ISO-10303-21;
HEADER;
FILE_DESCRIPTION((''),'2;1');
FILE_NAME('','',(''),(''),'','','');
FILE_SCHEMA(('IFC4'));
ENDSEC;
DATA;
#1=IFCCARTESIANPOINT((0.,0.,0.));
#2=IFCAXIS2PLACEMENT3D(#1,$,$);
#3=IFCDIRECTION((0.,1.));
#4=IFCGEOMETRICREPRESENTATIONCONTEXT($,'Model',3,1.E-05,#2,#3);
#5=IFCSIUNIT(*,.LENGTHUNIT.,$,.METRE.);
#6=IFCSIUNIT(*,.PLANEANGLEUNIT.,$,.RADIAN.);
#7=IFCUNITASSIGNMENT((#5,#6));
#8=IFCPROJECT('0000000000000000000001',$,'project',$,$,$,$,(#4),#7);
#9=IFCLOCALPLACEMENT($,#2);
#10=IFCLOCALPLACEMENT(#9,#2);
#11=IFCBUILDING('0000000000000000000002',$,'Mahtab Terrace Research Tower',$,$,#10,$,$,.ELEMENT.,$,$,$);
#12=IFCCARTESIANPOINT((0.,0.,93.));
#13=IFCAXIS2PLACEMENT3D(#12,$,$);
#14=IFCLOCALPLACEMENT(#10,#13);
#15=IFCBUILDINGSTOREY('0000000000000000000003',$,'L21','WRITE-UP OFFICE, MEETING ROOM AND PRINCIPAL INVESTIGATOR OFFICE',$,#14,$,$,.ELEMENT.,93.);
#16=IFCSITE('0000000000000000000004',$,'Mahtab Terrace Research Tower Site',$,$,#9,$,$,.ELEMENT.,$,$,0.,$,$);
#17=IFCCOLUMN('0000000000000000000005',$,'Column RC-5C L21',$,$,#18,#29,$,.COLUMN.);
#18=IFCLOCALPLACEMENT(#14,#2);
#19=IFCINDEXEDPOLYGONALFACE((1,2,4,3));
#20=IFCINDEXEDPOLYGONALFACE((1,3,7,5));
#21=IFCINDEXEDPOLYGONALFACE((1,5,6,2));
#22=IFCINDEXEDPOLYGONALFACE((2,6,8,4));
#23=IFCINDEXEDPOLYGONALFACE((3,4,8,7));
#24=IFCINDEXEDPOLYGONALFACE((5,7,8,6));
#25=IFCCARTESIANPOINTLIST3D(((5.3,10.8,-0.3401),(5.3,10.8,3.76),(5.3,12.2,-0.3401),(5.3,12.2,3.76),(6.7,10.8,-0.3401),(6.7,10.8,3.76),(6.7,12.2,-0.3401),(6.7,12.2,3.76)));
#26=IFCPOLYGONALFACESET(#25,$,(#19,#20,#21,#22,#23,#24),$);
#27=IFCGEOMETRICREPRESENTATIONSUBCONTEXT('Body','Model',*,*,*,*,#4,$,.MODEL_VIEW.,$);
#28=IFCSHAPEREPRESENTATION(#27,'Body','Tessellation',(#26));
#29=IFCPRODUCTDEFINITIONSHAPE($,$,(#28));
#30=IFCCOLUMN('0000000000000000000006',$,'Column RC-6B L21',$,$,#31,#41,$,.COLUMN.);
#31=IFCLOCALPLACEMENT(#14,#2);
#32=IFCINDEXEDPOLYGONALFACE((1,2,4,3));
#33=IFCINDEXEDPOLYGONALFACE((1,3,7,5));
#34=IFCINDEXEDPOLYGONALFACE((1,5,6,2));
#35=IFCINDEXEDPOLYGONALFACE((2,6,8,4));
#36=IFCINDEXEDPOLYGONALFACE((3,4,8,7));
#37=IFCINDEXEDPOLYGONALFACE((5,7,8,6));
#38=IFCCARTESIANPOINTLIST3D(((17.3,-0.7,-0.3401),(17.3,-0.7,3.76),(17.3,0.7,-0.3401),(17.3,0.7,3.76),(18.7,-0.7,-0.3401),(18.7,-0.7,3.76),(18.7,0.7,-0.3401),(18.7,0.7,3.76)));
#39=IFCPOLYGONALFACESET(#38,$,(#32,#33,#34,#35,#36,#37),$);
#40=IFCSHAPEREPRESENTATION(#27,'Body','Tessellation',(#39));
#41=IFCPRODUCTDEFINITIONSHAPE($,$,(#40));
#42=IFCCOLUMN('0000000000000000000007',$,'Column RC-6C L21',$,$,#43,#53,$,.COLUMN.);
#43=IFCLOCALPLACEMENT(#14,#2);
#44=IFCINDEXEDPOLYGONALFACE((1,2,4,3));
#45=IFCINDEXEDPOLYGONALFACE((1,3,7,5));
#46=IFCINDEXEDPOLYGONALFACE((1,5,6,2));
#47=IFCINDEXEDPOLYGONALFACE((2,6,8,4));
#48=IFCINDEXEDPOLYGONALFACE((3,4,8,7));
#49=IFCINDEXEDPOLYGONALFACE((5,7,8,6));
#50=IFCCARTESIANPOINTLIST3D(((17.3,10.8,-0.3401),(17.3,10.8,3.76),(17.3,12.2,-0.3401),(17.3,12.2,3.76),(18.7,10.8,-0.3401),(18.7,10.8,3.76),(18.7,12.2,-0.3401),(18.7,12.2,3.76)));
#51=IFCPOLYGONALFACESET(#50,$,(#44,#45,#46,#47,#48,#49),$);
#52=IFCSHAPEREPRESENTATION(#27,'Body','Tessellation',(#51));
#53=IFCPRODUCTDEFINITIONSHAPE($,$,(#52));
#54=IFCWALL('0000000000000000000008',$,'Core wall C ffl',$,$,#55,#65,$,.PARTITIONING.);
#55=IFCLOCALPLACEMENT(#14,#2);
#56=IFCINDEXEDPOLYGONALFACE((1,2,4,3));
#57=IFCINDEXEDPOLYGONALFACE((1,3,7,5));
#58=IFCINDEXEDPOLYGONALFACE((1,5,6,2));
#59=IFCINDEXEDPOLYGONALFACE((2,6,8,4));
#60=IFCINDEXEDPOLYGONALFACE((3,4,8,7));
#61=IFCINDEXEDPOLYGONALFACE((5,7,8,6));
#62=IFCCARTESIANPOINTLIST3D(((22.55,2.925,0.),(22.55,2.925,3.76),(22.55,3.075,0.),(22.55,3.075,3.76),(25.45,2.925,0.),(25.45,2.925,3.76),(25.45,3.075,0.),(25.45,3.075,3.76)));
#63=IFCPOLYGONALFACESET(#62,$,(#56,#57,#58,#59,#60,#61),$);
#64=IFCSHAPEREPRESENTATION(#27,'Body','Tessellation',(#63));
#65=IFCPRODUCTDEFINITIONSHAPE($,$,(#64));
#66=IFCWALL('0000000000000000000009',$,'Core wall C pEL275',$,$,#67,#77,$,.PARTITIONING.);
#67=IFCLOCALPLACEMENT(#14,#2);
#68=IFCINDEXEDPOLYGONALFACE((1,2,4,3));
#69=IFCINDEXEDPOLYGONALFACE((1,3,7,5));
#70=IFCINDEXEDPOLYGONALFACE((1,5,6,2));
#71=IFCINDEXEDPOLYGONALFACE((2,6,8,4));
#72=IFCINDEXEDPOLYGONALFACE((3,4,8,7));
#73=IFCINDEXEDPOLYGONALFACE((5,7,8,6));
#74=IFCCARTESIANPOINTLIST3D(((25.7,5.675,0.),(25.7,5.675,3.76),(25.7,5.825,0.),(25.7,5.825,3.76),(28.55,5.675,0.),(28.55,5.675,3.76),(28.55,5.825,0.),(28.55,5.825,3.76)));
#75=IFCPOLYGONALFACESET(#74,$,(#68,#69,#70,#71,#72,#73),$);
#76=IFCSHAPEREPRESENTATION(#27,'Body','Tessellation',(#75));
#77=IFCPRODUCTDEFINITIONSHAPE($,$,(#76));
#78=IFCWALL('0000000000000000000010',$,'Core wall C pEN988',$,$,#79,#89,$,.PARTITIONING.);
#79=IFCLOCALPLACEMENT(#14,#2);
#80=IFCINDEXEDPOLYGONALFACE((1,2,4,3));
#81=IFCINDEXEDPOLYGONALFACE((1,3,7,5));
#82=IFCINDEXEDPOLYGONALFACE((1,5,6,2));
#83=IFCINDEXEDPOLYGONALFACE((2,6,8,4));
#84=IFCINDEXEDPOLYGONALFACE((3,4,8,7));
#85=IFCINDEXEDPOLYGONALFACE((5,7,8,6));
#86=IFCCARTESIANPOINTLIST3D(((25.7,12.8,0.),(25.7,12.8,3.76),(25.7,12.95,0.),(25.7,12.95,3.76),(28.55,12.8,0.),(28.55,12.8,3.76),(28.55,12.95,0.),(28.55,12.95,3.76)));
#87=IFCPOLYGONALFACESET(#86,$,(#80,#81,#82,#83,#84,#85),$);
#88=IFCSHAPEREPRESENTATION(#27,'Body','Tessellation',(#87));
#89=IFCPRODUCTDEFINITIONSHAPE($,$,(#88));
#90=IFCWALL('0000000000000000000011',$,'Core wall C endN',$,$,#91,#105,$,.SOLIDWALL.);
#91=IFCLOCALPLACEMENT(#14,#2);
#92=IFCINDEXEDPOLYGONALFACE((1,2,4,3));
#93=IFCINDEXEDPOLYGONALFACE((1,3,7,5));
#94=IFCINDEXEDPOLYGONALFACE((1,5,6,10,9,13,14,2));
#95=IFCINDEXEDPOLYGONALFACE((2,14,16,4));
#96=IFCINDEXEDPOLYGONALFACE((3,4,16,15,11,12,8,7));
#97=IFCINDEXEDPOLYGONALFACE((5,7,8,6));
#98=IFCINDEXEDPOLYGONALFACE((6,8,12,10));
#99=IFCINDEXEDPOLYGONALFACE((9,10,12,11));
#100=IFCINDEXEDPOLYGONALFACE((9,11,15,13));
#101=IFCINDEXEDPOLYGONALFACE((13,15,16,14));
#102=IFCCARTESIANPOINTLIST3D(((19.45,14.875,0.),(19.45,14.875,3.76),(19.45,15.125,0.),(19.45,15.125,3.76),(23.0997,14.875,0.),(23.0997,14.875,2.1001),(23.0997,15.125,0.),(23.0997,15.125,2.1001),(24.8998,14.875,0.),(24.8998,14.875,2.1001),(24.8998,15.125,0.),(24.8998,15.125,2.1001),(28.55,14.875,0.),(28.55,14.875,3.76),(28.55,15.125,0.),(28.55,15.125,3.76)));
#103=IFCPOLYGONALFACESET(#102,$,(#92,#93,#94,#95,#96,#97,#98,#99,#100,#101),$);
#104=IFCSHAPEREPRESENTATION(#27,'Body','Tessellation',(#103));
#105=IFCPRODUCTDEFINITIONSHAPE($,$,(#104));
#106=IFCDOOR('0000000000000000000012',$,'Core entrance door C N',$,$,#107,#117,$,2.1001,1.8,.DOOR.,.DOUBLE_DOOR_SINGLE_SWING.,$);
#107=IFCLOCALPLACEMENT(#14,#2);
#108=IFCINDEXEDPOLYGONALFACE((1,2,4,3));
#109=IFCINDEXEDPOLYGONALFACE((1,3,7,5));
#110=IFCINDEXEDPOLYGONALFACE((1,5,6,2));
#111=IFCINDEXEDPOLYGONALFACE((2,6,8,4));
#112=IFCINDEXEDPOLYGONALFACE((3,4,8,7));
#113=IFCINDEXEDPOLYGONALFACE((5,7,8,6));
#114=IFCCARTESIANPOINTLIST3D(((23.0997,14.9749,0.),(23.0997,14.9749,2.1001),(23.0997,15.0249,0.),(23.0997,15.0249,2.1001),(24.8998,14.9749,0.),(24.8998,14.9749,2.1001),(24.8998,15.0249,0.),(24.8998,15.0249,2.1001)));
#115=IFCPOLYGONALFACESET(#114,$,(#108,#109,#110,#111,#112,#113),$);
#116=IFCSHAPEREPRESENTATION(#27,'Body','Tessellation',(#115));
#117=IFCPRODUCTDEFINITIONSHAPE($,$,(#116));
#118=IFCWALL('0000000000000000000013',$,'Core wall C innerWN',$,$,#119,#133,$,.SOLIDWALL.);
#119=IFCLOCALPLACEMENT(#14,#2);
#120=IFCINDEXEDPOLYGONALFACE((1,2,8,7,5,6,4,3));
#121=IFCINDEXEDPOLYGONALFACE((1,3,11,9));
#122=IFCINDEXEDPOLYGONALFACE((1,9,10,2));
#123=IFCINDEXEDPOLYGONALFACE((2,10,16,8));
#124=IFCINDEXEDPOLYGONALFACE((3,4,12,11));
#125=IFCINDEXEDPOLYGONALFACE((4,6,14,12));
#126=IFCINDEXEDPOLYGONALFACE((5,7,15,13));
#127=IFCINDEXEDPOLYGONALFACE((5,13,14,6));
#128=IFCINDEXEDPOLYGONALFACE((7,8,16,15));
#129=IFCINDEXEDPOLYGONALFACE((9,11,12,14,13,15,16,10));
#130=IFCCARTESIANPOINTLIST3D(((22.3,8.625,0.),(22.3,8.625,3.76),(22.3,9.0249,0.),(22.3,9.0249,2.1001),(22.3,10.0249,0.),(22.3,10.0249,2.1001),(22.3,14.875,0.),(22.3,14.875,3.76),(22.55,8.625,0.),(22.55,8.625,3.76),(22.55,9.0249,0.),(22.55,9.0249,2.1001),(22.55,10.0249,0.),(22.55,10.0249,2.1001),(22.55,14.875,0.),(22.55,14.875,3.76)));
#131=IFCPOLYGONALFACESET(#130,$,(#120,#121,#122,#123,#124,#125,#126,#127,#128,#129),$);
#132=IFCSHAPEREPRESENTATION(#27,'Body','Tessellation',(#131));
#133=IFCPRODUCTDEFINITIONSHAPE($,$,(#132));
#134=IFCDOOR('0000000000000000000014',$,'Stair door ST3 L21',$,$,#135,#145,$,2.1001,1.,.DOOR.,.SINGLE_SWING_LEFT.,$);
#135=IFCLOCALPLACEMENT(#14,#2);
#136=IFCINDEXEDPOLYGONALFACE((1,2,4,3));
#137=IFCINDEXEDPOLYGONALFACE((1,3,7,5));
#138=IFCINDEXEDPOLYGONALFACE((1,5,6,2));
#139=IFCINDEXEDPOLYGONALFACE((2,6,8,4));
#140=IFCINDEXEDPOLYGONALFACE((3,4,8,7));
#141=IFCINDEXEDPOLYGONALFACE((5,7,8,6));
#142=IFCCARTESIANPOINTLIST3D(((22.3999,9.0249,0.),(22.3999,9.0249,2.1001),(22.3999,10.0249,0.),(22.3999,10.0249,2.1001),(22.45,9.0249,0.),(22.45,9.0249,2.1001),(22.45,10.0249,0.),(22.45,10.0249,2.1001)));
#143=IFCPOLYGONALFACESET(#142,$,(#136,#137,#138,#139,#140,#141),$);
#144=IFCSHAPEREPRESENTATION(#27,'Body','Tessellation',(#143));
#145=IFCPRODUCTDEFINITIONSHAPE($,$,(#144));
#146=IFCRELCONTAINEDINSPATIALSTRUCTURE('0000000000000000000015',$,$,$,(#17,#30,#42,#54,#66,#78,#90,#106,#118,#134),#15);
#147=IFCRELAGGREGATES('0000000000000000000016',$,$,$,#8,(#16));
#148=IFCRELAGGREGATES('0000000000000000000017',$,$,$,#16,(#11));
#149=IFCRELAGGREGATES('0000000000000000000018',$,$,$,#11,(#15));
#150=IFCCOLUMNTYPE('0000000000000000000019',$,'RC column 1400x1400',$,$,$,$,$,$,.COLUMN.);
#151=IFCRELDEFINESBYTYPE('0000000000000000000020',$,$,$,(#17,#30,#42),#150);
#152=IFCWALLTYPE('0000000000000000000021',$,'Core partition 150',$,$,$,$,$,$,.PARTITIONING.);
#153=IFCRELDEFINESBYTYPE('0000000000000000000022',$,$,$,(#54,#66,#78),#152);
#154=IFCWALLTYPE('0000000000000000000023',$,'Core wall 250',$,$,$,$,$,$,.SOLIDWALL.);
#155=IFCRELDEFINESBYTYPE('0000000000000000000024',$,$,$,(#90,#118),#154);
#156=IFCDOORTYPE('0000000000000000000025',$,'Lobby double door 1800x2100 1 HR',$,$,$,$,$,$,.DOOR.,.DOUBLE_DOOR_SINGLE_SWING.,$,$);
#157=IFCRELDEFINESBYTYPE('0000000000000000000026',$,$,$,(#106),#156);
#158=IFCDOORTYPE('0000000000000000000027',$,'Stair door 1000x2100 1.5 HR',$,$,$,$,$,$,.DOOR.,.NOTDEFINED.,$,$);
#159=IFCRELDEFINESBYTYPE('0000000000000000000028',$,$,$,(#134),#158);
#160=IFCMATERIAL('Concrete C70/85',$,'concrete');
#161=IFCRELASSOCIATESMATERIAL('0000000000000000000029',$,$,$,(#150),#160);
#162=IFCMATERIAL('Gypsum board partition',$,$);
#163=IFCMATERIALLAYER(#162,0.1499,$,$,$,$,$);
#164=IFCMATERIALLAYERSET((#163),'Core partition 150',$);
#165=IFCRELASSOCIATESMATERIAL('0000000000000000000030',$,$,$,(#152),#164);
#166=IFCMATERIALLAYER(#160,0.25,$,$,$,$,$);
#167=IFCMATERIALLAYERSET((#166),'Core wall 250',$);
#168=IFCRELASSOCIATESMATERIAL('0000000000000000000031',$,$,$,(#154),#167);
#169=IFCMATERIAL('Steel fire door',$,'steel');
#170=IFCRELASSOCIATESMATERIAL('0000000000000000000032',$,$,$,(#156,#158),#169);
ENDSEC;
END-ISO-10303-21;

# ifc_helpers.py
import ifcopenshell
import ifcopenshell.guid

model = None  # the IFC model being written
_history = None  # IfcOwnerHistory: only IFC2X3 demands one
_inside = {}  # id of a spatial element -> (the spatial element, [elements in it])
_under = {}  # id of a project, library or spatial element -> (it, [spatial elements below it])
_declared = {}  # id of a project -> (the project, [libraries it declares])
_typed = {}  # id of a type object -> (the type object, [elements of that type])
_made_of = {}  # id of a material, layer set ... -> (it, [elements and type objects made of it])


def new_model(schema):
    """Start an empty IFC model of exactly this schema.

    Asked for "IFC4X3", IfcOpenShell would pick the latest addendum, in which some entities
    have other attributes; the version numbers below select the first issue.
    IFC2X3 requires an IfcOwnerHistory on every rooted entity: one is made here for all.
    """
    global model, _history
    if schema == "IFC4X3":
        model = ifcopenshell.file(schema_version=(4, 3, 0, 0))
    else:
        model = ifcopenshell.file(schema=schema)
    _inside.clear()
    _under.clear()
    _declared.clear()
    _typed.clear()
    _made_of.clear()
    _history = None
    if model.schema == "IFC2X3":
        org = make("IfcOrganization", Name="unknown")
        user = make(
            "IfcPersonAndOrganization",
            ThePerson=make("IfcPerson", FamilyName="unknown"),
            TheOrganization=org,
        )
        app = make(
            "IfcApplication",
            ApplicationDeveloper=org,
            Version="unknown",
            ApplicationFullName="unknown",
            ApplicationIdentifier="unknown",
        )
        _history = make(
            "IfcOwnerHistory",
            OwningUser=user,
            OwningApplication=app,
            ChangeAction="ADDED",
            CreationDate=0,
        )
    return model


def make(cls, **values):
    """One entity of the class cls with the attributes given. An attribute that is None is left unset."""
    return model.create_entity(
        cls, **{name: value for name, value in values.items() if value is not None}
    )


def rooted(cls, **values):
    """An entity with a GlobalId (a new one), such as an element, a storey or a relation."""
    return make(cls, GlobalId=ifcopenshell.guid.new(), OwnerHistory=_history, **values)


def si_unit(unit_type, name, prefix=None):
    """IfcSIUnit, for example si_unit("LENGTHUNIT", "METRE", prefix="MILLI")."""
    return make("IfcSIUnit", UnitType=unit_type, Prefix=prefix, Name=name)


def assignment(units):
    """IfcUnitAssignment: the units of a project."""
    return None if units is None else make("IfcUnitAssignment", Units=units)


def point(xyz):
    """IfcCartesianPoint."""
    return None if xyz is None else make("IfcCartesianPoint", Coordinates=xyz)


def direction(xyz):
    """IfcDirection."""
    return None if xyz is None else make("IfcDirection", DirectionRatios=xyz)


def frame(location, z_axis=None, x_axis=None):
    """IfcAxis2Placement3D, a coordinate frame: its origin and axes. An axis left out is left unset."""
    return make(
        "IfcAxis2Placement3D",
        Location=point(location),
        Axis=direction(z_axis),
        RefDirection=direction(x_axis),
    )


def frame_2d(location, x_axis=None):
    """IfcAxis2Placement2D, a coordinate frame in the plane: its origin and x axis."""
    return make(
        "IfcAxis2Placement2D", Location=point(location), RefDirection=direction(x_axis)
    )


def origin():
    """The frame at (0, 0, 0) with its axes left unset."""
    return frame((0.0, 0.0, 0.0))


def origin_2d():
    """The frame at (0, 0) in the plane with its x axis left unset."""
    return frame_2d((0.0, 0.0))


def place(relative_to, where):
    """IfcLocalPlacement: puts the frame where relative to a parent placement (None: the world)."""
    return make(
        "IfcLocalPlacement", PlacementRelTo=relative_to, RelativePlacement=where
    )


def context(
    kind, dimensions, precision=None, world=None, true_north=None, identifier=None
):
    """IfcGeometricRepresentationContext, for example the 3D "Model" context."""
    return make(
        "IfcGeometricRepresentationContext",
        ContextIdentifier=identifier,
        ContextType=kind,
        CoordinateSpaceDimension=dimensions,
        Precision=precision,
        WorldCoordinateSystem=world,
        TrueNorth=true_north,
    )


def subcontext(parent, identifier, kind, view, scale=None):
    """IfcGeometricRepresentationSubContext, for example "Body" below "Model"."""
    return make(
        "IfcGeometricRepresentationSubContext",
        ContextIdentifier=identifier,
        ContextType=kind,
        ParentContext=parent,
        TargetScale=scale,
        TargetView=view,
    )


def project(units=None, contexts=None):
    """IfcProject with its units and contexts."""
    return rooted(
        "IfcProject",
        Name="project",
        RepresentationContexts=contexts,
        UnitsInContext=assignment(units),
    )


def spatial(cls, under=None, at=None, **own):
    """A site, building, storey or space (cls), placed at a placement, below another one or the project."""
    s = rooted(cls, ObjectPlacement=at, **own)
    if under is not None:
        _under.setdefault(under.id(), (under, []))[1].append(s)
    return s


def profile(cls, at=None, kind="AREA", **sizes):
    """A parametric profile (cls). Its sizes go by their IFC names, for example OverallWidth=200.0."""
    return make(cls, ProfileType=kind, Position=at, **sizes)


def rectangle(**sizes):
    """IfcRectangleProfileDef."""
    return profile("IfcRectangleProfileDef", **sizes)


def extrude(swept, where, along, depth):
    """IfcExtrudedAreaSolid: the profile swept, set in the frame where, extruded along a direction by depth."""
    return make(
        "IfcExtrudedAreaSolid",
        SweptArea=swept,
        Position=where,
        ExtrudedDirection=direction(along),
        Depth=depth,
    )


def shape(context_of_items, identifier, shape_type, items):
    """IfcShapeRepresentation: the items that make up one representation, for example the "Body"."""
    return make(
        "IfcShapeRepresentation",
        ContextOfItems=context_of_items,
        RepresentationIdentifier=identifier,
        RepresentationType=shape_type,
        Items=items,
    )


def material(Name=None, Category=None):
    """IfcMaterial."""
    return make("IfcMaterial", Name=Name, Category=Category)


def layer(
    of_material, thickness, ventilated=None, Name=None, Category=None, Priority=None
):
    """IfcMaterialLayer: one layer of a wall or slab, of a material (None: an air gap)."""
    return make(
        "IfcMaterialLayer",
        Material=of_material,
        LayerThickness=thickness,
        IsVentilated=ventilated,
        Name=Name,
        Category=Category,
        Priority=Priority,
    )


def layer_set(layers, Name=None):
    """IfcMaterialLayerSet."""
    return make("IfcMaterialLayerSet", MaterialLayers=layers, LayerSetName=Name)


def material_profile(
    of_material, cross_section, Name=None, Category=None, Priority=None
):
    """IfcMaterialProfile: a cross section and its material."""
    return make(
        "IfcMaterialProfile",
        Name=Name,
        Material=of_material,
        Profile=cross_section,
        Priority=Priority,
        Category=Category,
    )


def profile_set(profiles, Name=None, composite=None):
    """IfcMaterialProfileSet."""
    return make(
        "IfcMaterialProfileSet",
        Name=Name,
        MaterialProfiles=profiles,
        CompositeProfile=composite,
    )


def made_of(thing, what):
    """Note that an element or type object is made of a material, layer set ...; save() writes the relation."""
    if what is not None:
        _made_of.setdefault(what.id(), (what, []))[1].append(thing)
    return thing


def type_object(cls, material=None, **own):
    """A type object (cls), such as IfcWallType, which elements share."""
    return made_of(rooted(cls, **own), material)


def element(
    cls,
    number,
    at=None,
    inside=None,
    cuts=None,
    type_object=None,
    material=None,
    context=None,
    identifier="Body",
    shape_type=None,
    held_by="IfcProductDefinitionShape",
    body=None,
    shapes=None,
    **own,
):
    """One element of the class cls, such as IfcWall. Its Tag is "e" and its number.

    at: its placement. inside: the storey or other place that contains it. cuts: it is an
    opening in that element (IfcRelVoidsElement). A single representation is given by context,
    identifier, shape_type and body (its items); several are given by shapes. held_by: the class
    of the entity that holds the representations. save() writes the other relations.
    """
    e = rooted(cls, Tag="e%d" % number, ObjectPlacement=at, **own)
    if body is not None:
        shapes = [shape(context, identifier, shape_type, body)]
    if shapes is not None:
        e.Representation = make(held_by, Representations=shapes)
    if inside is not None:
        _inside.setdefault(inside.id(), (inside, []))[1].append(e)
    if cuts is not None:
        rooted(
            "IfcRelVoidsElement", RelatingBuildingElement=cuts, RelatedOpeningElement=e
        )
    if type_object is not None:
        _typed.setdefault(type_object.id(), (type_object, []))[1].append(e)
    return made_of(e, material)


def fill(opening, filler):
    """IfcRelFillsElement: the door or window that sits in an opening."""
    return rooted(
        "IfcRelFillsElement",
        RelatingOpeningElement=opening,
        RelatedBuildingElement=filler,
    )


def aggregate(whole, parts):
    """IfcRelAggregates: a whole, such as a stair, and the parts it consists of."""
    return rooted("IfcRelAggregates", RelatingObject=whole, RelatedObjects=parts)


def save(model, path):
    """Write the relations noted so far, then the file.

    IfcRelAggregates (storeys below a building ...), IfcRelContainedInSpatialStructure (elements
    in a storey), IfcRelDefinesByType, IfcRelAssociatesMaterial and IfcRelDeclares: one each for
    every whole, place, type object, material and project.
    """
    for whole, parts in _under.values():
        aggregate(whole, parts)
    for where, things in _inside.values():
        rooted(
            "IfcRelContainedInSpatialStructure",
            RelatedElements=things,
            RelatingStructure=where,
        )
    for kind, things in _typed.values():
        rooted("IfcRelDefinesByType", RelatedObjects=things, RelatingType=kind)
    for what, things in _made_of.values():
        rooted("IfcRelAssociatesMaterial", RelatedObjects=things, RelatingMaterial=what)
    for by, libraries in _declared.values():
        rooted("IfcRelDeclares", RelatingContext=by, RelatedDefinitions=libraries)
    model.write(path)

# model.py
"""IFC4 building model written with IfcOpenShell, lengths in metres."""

from ifc_helpers import new_model, si_unit, direction, frame, frame_2d, origin, origin_2d, place, context, subcontext, project, spatial, rectangle, extrude, material, layer, layer_set, material_profile, profile_set, type_object, element, fill, save


model = new_model("IFC4")

# Units and contexts
model_context = context("Model", 3, precision=1e-05, world=origin(), true_north=direction((0.0, 1.0)))
body_context = subcontext(model_context, "Body", "Model", "MODEL_VIEW")
ifc_project = project(units=[si_unit("LENGTHUNIT", "METRE"), si_unit("PLANEANGLEUNIT", "RADIAN")], contexts=[model_context])

# Site, building, storey
site_placement = place(None, origin())
site = spatial("IfcSite", under=ifc_project, at=site_placement, Name="Mahtab Terrace Research Tower Site", CompositionType="ELEMENT", RefElevation=0.0)
building_placement = place(site_placement, origin())
building = spatial("IfcBuilding", under=site, at=building_placement, Name="Mahtab Terrace Research Tower", CompositionType="ELEMENT")
storey_placement = place(building_placement, frame((0.0, 0.0, 93.0)))
storey = spatial("IfcBuildingStorey", under=building, at=storey_placement, Name="L21", Description="WRITE-UP OFFICE, MEETING ROOM AND PRINCIPAL INVESTIGATOR OFFICE", CompositionType="ELEMENT", Elevation=93.0)

# Columns
ifc_material_1 = material(Name="Concrete C70/85", Category="concrete")
ifc_material_profile = material_profile(ifc_material_1, rectangle(XDim=1.3999, YDim=1.3999, at=origin_2d()), Name="RC column 1400x1400")
ifc_profile_set = profile_set([ifc_material_profile], Name="Concrete C70/85")
column_type = type_object("IfcColumnType", Name="RC column 1400x1400", PredefinedType="COLUMN", material=ifc_profile_set)
for number, where, z_axis, x_axis, name in (
    (1, (6.0, 11.5, -0.3401), (0.0, 0.0, 1.0), (1.0, 0.0, 0.0), "Column RC-5C L21"),
    (2, (18.0, 0.0, -0.3401), (0.0, 0.0, 1.0), (1.0, 0.0, 0.0), "Column RC-6B L21"),
    (3, (18.0, 11.5, -0.3401), (0.0, 0.0, 1.0), (1.0, 0.0, 0.0), "Column RC-6C L21"),
):
    element("IfcColumn", number, at=place(storey_placement, frame(where, z_axis=z_axis, x_axis=x_axis)), inside=storey, type_object=column_type, Name=name, PredefinedType="COLUMN", context=body_context, shape_type="SweptSolid", body=[
        extrude(rectangle(XDim=1.3999, YDim=1.3999, at=origin_2d()), origin(), (0.0, 0.0, 1.0), 4.1001),
    ])

# Walls
ifc_material_2 = material(Name="Gypsum board partition")
ifc_layer_1 = layer(ifc_material_2, 0.1499)
ifc_layer_set_1 = layer_set([ifc_layer_1], Name="Core partition 150")
wall_type_1 = type_object("IfcWallType", Name="Core partition 150", PredefinedType="PARTITIONING", material=ifc_layer_set_1)
wall_1_placement = place(storey_placement, frame((22.55, 3.0, 0.0), z_axis=(0.0, 0.0, 1.0), x_axis=(1.0, 0.0, 0.0)))
element("IfcWall", 4, at=wall_1_placement, inside=storey, type_object=wall_type_1, Name="Core wall C ffl", PredefinedType="PARTITIONING", context=body_context, shape_type="SweptSolid", body=[
    extrude(rectangle(XDim=2.8999, YDim=0.1499, at=frame_2d((1.45, 0.0))), origin(), (0.0, 0.0, 1.0), 3.76),
])
for number, where, z_axis, x_axis, name in (
    (5, (25.7, 5.75, 0.0), (0.0, 0.0, 1.0), (1.0, 0.0, 0.0), "Core wall C pEL275"),
    (6, (25.7, 12.875, 0.0), (0.0, 0.0, 1.0), (1.0, 0.0, 0.0), "Core wall C pEN988"),
):
    element("IfcWall", number, at=place(storey_placement, frame(where, z_axis=z_axis, x_axis=x_axis)), inside=storey, type_object=wall_type_1, Name=name, PredefinedType="PARTITIONING", context=body_context, shape_type="SweptSolid", body=[
        extrude(rectangle(XDim=2.8501, YDim=0.1499, at=frame_2d((1.425, 0.0))), origin(), (0.0, 0.0, 1.0), 3.76),
    ])

# Walls, openings, doors
ifc_layer_2 = layer(ifc_material_1, 0.25)
ifc_layer_set_2 = layer_set([ifc_layer_2], Name="Core wall 250")
wall_type_2 = type_object("IfcWallType", Name="Core wall 250", PredefinedType="SOLIDWALL", material=ifc_layer_set_2)
wall_2_placement = place(storey_placement, frame((19.45, 15.0, 0.0), z_axis=(0.0, 0.0, 1.0), x_axis=(1.0, 0.0, 0.0)))
wall_2 = element("IfcWall", 7, at=wall_2_placement, inside=storey, type_object=wall_type_2, Name="Core wall C endN", PredefinedType="SOLIDWALL", context=body_context, shape_type="SweptSolid", body=[
    extrude(rectangle(XDim=9.1001, YDim=0.25, at=frame_2d((4.55, 0.0))), origin(), (0.0, 0.0, 1.0), 3.76),
])
opening_1_placement = place(wall_2_placement, frame((3.6499, 0.0, 0.0)))
opening_1 = element("IfcOpeningElement", 8, at=opening_1_placement, cuts=wall_2, PredefinedType="OPENING", context=body_context, shape_type="SweptSolid", body=[
    extrude(rectangle(XDim=1.8, YDim=2.1001, at=frame_2d((0.8999, 1.05))), frame((0.0, 0.135, 0.0), z_axis=(0.0, -1.0, 0.0), x_axis=(1.0, 0.0, 0.0)), (0.0, 0.0, 1.0), 0.27),
])
ifc_material_3 = material(Name="Steel fire door", Category="steel")
door_type_1 = type_object("IfcDoorType", Name="Lobby double door 1800x2100 1 HR", OperationType="DOUBLE_DOOR_SINGLE_SWING", PredefinedType="DOOR", material=ifc_material_3)
door_1_placement = place(opening_1_placement, origin())
door_1 = element("IfcDoor", 9, at=door_1_placement, inside=storey, type_object=door_type_1, Name="Core entrance door C N", OperationType="DOUBLE_DOOR_SINGLE_SWING", OverallHeight=2.1001, OverallWidth=1.8, PredefinedType="DOOR", context=body_context, shape_type="SweptSolid", body=[
    extrude(rectangle(XDim=1.8, YDim=2.1001, at=frame_2d((0.8999, 1.05))), frame((0.0, 0.0249, 0.0), z_axis=(0.0, -1.0, 0.0), x_axis=(1.0, 0.0, 0.0)), (0.0, 0.0, 1.0), 0.05),
])
fill(opening_1, door_1)
wall_3_placement = place(storey_placement, frame((22.425, 14.875, 0.0), z_axis=(0.0, 0.0, 1.0), x_axis=(0.0, -1.0, 0.0)))
wall_3 = element("IfcWall", 10, at=wall_3_placement, inside=storey, type_object=wall_type_2, Name="Core wall C innerWN", PredefinedType="SOLIDWALL", context=body_context, shape_type="SweptSolid", body=[
    extrude(rectangle(XDim=6.25, YDim=0.25, at=frame_2d((3.125, 0.0))), origin(), (0.0, 0.0, 1.0), 3.76),
])
opening_2_placement = place(wall_3_placement, frame((4.8501, 0.0, 0.0)))
opening_2 = element("IfcOpeningElement", 11, at=opening_2_placement, cuts=wall_3, PredefinedType="OPENING", context=body_context, shape_type="SweptSolid", body=[
    extrude(rectangle(XDim=1.0, YDim=2.1001, at=frame_2d((0.5, 1.05))), frame((0.0, 0.135, 0.0), z_axis=(0.0, -1.0, 0.0), x_axis=(1.0, 0.0, 0.0)), (0.0, 0.0, 1.0), 0.27),
])
door_type_2 = type_object("IfcDoorType", Name="Stair door 1000x2100 1.5 HR", OperationType="NOTDEFINED", PredefinedType="DOOR", material=ifc_material_3)
door_2_placement = place(opening_2_placement, origin())
door_2 = element("IfcDoor", 12, at=door_2_placement, inside=storey, type_object=door_type_2, Name="Stair door ST3 L21", OperationType="SINGLE_SWING_LEFT", OverallHeight=2.1001, OverallWidth=1.0, PredefinedType="DOOR", context=body_context, shape_type="SweptSolid", body=[
    extrude(rectangle(XDim=1.0, YDim=2.1001, at=frame_2d((0.5, 1.05))), frame((0.0, 0.0249, 0.0), z_axis=(0.0, -1.0, 0.0), x_axis=(1.0, 0.0, 0.0)), (0.0, 0.0, 1.0), 0.05),
])
fill(opening_2, door_2)

save(model, "model.ifc")
